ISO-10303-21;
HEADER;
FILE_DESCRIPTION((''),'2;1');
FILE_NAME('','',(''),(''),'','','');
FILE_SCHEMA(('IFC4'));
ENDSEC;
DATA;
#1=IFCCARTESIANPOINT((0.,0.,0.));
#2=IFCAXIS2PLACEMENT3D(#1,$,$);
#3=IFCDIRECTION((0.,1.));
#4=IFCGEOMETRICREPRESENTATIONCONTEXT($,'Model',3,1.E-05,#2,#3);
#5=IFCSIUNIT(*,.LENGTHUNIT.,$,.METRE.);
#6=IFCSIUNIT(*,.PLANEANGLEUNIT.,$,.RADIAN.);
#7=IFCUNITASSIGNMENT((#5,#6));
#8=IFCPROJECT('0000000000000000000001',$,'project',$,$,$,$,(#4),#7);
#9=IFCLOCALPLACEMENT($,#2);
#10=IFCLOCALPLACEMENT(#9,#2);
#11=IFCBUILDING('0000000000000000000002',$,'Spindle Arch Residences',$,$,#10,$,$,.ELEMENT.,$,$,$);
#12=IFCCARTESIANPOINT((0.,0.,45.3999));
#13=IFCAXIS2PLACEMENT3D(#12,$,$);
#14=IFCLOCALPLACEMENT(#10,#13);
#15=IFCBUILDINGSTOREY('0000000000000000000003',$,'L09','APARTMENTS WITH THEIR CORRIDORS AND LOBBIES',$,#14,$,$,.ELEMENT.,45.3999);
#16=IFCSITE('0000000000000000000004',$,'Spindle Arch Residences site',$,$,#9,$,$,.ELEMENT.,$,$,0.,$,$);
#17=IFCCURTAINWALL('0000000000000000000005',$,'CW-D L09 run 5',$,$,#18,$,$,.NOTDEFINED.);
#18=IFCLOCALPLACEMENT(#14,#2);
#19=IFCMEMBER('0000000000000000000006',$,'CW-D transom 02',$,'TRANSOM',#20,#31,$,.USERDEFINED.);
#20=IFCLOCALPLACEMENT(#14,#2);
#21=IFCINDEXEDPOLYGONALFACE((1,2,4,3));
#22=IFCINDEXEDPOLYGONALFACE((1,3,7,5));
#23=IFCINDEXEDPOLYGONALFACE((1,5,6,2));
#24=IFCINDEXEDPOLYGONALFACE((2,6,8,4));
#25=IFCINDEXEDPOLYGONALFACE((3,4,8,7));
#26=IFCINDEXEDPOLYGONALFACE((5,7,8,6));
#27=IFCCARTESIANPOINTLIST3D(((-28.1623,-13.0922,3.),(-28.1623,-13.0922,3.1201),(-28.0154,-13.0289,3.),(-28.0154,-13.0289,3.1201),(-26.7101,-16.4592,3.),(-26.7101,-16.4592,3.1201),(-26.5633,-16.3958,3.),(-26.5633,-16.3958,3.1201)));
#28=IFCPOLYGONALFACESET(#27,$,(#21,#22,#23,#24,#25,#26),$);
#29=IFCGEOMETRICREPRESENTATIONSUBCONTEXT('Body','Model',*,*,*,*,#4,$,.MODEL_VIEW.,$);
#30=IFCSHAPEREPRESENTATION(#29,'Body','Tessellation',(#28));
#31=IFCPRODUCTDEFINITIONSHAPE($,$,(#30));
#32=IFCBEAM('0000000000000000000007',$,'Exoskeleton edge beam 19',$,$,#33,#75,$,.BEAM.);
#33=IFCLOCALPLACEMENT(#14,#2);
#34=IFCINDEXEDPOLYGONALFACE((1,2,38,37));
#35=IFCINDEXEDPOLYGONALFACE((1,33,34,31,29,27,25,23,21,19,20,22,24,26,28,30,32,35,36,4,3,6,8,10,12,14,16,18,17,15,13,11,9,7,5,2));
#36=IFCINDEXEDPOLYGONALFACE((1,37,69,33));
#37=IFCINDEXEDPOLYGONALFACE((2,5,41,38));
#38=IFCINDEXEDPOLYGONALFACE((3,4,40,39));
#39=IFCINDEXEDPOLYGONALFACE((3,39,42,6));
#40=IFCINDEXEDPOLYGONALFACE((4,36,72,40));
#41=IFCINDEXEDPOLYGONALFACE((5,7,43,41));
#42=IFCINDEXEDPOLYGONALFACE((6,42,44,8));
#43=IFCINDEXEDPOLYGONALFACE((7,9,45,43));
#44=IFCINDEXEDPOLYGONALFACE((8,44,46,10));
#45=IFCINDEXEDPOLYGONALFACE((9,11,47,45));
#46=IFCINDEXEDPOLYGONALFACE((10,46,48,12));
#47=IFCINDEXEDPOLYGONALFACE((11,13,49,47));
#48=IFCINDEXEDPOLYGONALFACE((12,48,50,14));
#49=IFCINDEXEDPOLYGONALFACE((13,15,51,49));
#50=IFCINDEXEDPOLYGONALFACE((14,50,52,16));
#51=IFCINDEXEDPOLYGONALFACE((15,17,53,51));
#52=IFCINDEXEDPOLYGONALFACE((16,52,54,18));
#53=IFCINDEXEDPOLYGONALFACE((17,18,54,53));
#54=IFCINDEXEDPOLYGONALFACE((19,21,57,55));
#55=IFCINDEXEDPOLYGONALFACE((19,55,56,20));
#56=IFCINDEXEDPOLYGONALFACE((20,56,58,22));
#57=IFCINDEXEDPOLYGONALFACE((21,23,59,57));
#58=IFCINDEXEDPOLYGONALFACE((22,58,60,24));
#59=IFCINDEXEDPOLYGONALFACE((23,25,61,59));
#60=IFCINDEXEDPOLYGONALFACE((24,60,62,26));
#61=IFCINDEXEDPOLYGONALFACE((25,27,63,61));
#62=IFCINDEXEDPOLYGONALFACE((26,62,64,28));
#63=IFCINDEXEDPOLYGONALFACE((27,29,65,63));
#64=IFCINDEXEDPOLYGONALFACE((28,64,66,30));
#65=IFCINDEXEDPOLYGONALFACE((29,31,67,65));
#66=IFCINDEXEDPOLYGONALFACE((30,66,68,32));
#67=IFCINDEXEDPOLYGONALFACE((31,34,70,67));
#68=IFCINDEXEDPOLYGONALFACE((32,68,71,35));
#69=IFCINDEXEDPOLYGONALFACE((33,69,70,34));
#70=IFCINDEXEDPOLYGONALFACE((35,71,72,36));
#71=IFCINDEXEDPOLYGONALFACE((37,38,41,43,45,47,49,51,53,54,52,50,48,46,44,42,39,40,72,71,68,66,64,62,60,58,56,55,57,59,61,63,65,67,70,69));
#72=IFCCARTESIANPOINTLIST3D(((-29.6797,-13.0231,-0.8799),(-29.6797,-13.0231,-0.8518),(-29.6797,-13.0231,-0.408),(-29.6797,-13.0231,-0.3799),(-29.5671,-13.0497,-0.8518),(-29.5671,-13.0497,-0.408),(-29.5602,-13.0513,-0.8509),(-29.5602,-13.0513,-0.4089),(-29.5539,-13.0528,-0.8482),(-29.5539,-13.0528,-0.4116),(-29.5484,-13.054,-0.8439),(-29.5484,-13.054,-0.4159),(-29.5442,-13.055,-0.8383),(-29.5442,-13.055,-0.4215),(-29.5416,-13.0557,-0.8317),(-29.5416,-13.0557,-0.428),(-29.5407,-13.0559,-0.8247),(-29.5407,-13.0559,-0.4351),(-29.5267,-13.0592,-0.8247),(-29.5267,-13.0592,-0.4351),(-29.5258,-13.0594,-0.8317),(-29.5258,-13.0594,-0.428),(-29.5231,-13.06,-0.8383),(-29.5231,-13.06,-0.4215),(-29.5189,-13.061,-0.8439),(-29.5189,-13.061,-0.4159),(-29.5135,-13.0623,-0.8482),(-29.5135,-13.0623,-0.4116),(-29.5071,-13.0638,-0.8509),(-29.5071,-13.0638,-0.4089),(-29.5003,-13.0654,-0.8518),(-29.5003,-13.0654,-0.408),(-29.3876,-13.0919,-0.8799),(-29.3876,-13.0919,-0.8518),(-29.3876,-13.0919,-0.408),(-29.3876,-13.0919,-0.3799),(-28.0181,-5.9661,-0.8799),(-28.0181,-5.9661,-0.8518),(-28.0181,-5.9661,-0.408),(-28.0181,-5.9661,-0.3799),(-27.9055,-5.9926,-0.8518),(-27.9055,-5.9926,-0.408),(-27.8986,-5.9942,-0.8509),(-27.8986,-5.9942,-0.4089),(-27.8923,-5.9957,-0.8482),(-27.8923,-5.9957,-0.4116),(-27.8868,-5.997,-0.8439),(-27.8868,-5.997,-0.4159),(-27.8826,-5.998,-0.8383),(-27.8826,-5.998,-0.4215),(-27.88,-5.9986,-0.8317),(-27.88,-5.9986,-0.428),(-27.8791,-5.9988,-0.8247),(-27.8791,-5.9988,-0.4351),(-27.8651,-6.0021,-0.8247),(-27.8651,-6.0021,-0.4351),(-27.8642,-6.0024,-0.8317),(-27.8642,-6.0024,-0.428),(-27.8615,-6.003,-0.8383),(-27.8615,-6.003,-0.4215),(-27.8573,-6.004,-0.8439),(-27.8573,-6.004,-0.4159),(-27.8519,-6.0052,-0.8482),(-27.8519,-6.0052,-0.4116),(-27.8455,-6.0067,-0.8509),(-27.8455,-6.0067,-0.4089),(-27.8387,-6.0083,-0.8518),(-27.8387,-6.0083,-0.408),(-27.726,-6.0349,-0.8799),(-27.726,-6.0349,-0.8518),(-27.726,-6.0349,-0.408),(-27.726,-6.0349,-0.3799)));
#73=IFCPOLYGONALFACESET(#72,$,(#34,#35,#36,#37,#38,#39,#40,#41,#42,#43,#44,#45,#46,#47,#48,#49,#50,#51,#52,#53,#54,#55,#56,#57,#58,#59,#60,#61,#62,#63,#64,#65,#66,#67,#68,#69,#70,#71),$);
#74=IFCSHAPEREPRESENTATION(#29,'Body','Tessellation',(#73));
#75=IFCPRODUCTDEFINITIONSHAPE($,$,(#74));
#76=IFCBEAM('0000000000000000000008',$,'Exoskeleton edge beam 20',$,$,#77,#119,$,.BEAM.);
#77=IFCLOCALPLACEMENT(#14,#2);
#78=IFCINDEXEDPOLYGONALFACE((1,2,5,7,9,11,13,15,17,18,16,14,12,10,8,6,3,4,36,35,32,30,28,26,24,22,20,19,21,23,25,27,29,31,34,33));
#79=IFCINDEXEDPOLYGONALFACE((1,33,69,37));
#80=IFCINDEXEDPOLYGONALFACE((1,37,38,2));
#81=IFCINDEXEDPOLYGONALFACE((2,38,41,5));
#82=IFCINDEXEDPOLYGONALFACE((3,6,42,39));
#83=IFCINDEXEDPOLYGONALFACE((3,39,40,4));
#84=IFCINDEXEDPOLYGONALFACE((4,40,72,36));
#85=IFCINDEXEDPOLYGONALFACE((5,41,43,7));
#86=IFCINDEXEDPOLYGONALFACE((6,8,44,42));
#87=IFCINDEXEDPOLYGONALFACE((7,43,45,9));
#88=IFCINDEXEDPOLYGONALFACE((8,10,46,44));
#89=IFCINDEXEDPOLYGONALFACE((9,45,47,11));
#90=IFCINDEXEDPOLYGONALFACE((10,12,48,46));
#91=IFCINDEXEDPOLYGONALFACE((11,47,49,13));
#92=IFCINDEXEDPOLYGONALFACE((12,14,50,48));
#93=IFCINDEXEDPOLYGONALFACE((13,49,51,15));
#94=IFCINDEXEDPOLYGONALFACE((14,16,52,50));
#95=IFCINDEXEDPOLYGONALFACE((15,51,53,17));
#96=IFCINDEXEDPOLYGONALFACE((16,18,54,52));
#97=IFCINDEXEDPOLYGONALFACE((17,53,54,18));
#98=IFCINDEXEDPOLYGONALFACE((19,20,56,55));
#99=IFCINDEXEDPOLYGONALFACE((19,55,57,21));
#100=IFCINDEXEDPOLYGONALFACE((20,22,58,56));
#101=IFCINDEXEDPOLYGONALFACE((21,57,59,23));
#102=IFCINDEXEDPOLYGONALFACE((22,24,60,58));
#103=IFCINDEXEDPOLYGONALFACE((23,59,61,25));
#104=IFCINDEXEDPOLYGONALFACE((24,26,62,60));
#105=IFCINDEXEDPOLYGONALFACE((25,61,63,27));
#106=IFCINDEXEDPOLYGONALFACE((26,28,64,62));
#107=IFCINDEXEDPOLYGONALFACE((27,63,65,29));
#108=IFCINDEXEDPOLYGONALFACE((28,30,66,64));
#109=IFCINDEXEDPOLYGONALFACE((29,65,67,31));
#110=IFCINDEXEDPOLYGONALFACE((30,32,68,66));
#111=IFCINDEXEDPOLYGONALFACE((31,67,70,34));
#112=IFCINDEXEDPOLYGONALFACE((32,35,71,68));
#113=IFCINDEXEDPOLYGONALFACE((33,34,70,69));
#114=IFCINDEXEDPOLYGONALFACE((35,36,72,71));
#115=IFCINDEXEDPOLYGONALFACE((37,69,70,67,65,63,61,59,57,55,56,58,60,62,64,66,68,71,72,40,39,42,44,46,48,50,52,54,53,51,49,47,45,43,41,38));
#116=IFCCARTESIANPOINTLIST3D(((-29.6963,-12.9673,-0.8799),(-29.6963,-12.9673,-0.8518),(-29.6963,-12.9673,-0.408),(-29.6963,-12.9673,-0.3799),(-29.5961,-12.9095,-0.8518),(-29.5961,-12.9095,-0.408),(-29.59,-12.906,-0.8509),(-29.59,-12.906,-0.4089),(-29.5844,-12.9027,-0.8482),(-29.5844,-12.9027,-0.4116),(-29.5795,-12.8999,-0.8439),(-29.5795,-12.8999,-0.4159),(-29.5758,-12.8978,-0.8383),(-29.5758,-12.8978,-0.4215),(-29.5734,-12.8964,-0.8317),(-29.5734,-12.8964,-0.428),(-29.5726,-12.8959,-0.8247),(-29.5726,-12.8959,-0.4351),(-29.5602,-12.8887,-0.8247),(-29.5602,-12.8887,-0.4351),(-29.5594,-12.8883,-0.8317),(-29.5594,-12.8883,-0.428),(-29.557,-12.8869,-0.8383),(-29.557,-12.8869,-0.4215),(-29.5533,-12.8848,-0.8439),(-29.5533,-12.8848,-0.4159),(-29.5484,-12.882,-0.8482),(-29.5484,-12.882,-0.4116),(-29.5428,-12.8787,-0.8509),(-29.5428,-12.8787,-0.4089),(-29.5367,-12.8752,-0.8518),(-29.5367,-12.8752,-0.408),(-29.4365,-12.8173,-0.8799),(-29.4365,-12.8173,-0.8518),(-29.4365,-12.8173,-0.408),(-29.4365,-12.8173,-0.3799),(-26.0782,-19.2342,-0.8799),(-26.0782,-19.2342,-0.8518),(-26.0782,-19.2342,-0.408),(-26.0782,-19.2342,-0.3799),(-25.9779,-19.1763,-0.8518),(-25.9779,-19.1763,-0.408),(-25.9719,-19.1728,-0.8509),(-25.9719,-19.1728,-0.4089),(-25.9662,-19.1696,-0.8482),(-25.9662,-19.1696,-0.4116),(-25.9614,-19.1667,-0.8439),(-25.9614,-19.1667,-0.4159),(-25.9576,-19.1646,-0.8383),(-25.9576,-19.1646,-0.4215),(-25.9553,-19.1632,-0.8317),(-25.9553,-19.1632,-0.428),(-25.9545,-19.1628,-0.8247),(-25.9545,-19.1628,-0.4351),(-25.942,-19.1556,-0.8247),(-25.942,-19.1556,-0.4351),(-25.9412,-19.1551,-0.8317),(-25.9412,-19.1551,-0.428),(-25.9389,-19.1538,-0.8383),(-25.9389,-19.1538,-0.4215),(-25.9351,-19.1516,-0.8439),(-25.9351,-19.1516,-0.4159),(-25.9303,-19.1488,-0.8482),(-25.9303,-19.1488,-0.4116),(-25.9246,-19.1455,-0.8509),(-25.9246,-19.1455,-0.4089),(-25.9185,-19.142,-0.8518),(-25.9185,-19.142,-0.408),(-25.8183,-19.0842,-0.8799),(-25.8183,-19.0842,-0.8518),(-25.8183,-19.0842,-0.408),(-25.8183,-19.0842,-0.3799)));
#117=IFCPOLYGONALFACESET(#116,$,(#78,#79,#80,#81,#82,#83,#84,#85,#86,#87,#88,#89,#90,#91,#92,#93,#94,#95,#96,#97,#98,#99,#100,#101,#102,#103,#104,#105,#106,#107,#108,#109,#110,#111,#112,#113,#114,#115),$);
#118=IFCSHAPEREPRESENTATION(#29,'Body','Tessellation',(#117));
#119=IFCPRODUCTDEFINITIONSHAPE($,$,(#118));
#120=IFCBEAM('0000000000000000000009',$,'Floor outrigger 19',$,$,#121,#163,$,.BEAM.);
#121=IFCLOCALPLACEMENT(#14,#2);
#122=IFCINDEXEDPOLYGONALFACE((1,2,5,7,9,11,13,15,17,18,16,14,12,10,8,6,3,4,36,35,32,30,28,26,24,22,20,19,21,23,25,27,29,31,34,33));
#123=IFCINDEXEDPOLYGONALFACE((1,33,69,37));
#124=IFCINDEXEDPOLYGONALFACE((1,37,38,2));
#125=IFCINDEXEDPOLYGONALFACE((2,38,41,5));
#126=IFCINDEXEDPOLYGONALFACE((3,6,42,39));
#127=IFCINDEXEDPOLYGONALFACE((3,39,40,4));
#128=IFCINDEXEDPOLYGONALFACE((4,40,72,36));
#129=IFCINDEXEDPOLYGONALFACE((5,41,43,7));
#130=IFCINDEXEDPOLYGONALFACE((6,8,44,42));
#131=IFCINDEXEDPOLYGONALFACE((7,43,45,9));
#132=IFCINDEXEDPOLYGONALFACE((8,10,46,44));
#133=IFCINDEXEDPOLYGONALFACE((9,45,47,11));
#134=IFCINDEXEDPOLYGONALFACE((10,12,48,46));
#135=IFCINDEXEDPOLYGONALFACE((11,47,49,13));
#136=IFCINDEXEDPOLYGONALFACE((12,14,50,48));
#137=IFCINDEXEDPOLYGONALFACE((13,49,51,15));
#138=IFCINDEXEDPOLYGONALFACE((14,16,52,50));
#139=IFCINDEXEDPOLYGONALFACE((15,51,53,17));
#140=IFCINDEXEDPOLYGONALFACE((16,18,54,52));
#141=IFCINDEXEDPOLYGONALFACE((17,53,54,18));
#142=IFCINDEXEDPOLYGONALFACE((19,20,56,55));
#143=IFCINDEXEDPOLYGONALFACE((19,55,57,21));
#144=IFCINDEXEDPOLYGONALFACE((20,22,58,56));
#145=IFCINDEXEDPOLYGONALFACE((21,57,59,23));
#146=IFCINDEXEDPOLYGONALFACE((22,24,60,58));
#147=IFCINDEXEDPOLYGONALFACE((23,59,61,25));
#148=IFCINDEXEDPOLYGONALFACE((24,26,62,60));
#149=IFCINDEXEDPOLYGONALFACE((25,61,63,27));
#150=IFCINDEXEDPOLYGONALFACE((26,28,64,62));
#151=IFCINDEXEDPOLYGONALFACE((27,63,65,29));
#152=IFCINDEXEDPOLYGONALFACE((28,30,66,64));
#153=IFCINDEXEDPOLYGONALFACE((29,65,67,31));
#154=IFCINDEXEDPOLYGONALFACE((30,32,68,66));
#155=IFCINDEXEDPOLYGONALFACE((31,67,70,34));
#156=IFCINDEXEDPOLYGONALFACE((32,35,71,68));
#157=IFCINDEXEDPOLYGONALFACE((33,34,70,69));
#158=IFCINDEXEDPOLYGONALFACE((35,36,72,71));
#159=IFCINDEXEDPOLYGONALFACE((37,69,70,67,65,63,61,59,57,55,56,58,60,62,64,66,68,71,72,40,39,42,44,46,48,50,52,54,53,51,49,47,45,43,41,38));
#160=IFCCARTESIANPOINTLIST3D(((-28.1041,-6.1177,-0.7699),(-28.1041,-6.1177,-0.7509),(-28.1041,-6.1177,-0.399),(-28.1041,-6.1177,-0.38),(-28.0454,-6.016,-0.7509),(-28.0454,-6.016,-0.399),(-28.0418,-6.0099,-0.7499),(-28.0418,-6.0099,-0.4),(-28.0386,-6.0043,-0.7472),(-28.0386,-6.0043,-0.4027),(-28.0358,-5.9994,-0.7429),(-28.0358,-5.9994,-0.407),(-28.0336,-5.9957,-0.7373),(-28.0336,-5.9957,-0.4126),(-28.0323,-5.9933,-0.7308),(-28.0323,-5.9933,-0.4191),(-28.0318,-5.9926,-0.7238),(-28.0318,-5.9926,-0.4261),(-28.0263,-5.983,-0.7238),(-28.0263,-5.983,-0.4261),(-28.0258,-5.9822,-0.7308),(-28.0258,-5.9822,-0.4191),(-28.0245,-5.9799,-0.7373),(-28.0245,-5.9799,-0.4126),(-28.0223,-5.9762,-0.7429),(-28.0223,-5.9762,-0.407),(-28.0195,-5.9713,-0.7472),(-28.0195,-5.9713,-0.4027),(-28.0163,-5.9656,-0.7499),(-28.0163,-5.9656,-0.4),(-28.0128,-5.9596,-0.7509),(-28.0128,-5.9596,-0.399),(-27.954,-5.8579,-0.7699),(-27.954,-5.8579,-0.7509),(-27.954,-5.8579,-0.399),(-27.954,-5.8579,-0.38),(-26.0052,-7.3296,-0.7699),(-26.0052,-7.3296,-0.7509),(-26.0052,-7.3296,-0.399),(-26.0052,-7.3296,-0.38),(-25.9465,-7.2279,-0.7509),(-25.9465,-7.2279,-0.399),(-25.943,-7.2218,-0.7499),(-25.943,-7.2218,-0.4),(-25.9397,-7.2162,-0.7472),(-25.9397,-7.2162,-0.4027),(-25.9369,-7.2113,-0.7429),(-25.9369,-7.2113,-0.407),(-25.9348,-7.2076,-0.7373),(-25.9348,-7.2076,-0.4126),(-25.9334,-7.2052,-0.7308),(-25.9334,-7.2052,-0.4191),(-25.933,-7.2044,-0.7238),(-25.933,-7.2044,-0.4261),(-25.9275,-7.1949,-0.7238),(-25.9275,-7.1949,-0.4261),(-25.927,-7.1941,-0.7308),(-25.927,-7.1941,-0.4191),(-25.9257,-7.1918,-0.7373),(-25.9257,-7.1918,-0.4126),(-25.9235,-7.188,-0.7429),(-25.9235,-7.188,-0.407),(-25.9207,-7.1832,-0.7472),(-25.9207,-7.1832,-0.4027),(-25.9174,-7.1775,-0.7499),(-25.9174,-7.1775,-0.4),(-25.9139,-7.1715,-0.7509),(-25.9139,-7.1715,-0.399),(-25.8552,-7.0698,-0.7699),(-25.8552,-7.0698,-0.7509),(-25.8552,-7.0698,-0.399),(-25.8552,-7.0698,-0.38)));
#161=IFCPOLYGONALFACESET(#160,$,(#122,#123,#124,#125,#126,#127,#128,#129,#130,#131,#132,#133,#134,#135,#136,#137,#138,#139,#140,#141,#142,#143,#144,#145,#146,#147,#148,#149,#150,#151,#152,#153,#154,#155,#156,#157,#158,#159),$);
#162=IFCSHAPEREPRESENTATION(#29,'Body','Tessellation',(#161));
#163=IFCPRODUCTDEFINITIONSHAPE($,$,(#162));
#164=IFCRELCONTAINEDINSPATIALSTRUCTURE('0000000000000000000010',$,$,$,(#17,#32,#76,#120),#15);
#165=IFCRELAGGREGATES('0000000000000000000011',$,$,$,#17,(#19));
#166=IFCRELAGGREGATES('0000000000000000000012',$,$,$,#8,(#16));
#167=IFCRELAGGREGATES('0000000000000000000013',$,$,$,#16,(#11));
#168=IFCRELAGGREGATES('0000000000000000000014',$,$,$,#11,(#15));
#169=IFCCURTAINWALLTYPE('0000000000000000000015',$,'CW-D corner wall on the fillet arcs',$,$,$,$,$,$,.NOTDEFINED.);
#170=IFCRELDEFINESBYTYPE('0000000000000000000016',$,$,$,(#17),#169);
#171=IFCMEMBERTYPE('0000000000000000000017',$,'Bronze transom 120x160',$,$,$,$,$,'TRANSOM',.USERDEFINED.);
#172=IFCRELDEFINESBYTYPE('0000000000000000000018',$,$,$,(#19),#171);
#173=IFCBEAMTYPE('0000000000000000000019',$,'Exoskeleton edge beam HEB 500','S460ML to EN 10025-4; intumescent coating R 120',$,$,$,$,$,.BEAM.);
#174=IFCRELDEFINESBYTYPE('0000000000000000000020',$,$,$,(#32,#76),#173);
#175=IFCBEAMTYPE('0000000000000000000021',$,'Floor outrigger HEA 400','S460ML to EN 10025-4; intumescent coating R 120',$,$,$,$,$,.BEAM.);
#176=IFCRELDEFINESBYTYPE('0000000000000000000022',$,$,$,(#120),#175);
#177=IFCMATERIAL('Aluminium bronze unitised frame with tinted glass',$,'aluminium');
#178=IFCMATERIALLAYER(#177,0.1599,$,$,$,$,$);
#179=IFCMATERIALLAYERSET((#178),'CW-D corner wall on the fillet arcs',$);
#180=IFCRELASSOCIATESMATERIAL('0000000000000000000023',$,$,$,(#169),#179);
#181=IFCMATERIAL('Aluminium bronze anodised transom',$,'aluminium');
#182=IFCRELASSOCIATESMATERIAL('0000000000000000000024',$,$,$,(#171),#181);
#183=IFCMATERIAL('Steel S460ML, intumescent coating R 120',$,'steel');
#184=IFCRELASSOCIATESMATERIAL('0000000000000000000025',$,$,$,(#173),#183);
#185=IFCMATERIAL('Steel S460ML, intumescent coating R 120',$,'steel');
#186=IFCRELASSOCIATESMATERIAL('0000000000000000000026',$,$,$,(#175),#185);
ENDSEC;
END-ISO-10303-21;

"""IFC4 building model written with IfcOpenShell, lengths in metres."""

from ifc_helpers import new_model, si_unit, direction, frame, origin, origin_2d, place, context, subcontext, project, spatial, rectangle, i_section, extrude, material, layer, layer_set, material_profile, profile_set, type_object, element, aggregate, save


model = new_model("IFC4")

# Units and contexts
model_context = context("Model", 3, precision=1e-05, world=origin(), true_north=direction((0.0, 1.0)))
body_context = subcontext(model_context, "Body", "Model", "MODEL_VIEW")
ifc_project = project(units=[si_unit("LENGTHUNIT", "METRE"), si_unit("PLANEANGLEUNIT", "RADIAN")], contexts=[model_context])

# Site, building, storey
site_placement = place(None, origin())
site = spatial("IfcSite", under=ifc_project, at=site_placement, Name="Spindle Arch Residences site", CompositionType="ELEMENT", RefElevation=0.0)
building_placement = place(site_placement, origin())
building = spatial("IfcBuilding", under=site, at=building_placement, Name="Spindle Arch Residences", CompositionType="ELEMENT")
storey_placement = place(building_placement, frame((0.0, 0.0, 45.3999)))
storey = spatial("IfcBuildingStorey", under=building, at=storey_placement, Name="L09", Description="APARTMENTS WITH THEIR CORRIDORS AND LOBBIES", CompositionType="ELEMENT", Elevation=45.3999)

# Curtain wall, member
ifc_material_1 = material(Name="Aluminium bronze unitised frame with tinted glass", Category="aluminium")
ifc_layer_1 = layer(ifc_material_1, 0.1599)
ifc_layer_set_1 = layer_set([ifc_layer_1], Name="CW-D corner wall on the fillet arcs")
curtain_wall_type_1 = type_object("IfcCurtainWallType", Name="CW-D corner wall on the fillet arcs", PredefinedType="NOTDEFINED", material=ifc_layer_set_1)
curtain_wall_1_placement = place(storey_placement, origin())
curtain_wall_1 = element("IfcCurtainWall", 1, at=curtain_wall_1_placement, inside=storey, type_object=curtain_wall_type_1, Name="CW-D L09 run 5", PredefinedType="NOTDEFINED")
ifc_material_2 = material(Name="Aluminium bronze anodised transom", Category="aluminium")
ifc_material_profile_1 = material_profile(ifc_material_2, rectangle(XDim=0.1599, YDim=0.1201, at=origin_2d()), Name="TR 120x160")
ifc_profile_set_1 = profile_set([ifc_material_profile_1], Name="Aluminium bronze anodised transom")
member_type_1 = type_object("IfcMemberType", Name="Bronze transom 120x160", ElementType="TRANSOM", PredefinedType="USERDEFINED", material=ifc_profile_set_1)
member_1_placement = place(storey_placement, frame((-28.0889, -13.0605, 3.0601), z_axis=(0.396032, -0.918237, 0.0), x_axis=(0.918237, 0.396032, 0.0)))
member_1 = element("IfcMember", 2, at=member_1_placement, type_object=member_type_1, Name="CW-D transom 02", ObjectType="TRANSOM", PredefinedType="USERDEFINED", context=body_context, shape_type="SweptSolid", body=[
    extrude(rectangle(XDim=0.1599, YDim=0.1201, at=origin_2d()), origin(), (0.0, 0.0, 1.0), 3.6667),
])

# Beams
ifc_material_3 = material(Name="Steel S460ML, intumescent coating R 120", Category="steel")
ifc_material_profile_2 = material_profile(ifc_material_3, i_section(OverallWidth=0.3, OverallDepth=0.5, WebThickness=0.0144, FlangeThickness=0.0281, FilletRadius=0.0271, at=origin_2d()), Name="HEB 500")
ifc_profile_set_2 = profile_set([ifc_material_profile_2], Name="Steel S460ML, intumescent coating R 120")
beam_type_1 = type_object("IfcBeamType", Name="Exoskeleton edge beam HEB 500", Description="S460ML to EN 10025-4; intumescent coating R 120", PredefinedType="BEAM", material=ifc_profile_set_2)
beam_1_placement = place(storey_placement, frame((-27.8721, -6.0005, -0.6299), z_axis=(-0.229186, -0.973383, 0.0), x_axis=(0.973383, -0.229186, 0.0)))
element("IfcBeam", 3, at=beam_1_placement, inside=storey, type_object=beam_type_1, Name="Exoskeleton edge beam 19", PredefinedType="BEAM", context=body_context, shape_type="SweptSolid", body=[
    extrude(i_section(OverallWidth=0.3, OverallDepth=0.5, WebThickness=0.0144, FlangeThickness=0.0281, FilletRadius=0.0271, at=origin_2d()), origin(), (0.0, 0.0, 1.0), 7.25),
])
beam_2_placement = place(storey_placement, frame((-29.5664, -12.8923, -0.6299), z_axis=(0.5, -0.866025, 0.0), x_axis=(0.866025, 0.5, 0.0)))
element("IfcBeam", 4, at=beam_2_placement, inside=storey, type_object=beam_type_1, Name="Exoskeleton edge beam 20", PredefinedType="BEAM", context=body_context, shape_type="SweptSolid", body=[
    extrude(i_section(OverallWidth=0.3, OverallDepth=0.5, WebThickness=0.0144, FlangeThickness=0.0281, FilletRadius=0.0271, at=origin_2d()), origin(), (0.0, 0.0, 1.0), 7.2363),
])
ifc_material_4 = material(Name="Steel S460ML, intumescent coating R 120", Category="steel")
ifc_material_profile_3 = material_profile(ifc_material_4, i_section(OverallWidth=0.3, OverallDepth=0.3899, WebThickness=0.011, FlangeThickness=0.019, FilletRadius=0.0271, at=origin_2d()), Name="HEA 400")
ifc_profile_set_3 = profile_set([ifc_material_profile_3], Name="Steel S460ML, intumescent coating R 120")
beam_type_2 = type_object("IfcBeamType", Name="Floor outrigger HEA 400", Description="S460ML to EN 10025-4; intumescent coating R 120", PredefinedType="BEAM", material=ifc_profile_set_3)
beam_3_placement = place(storey_placement, frame((-28.0291, -5.9878, -0.575), z_axis=(0.866003, -0.500039, 0.0), x_axis=(0.500039, 0.866003, 0.0)))
element("IfcBeam", 5, at=beam_3_placement, inside=storey, type_object=beam_type_2, Name="Floor outrigger 19", PredefinedType="BEAM", context=body_context, shape_type="SweptSolid", body=[
    extrude(i_section(OverallWidth=0.3, OverallDepth=0.3899, WebThickness=0.011, FlangeThickness=0.019, FilletRadius=0.0271, at=origin_2d()), origin(), (0.0, 0.0, 1.0), 2.4236),
])

aggregate(curtain_wall_1, [member_1])

save(model, "model.ifc")
